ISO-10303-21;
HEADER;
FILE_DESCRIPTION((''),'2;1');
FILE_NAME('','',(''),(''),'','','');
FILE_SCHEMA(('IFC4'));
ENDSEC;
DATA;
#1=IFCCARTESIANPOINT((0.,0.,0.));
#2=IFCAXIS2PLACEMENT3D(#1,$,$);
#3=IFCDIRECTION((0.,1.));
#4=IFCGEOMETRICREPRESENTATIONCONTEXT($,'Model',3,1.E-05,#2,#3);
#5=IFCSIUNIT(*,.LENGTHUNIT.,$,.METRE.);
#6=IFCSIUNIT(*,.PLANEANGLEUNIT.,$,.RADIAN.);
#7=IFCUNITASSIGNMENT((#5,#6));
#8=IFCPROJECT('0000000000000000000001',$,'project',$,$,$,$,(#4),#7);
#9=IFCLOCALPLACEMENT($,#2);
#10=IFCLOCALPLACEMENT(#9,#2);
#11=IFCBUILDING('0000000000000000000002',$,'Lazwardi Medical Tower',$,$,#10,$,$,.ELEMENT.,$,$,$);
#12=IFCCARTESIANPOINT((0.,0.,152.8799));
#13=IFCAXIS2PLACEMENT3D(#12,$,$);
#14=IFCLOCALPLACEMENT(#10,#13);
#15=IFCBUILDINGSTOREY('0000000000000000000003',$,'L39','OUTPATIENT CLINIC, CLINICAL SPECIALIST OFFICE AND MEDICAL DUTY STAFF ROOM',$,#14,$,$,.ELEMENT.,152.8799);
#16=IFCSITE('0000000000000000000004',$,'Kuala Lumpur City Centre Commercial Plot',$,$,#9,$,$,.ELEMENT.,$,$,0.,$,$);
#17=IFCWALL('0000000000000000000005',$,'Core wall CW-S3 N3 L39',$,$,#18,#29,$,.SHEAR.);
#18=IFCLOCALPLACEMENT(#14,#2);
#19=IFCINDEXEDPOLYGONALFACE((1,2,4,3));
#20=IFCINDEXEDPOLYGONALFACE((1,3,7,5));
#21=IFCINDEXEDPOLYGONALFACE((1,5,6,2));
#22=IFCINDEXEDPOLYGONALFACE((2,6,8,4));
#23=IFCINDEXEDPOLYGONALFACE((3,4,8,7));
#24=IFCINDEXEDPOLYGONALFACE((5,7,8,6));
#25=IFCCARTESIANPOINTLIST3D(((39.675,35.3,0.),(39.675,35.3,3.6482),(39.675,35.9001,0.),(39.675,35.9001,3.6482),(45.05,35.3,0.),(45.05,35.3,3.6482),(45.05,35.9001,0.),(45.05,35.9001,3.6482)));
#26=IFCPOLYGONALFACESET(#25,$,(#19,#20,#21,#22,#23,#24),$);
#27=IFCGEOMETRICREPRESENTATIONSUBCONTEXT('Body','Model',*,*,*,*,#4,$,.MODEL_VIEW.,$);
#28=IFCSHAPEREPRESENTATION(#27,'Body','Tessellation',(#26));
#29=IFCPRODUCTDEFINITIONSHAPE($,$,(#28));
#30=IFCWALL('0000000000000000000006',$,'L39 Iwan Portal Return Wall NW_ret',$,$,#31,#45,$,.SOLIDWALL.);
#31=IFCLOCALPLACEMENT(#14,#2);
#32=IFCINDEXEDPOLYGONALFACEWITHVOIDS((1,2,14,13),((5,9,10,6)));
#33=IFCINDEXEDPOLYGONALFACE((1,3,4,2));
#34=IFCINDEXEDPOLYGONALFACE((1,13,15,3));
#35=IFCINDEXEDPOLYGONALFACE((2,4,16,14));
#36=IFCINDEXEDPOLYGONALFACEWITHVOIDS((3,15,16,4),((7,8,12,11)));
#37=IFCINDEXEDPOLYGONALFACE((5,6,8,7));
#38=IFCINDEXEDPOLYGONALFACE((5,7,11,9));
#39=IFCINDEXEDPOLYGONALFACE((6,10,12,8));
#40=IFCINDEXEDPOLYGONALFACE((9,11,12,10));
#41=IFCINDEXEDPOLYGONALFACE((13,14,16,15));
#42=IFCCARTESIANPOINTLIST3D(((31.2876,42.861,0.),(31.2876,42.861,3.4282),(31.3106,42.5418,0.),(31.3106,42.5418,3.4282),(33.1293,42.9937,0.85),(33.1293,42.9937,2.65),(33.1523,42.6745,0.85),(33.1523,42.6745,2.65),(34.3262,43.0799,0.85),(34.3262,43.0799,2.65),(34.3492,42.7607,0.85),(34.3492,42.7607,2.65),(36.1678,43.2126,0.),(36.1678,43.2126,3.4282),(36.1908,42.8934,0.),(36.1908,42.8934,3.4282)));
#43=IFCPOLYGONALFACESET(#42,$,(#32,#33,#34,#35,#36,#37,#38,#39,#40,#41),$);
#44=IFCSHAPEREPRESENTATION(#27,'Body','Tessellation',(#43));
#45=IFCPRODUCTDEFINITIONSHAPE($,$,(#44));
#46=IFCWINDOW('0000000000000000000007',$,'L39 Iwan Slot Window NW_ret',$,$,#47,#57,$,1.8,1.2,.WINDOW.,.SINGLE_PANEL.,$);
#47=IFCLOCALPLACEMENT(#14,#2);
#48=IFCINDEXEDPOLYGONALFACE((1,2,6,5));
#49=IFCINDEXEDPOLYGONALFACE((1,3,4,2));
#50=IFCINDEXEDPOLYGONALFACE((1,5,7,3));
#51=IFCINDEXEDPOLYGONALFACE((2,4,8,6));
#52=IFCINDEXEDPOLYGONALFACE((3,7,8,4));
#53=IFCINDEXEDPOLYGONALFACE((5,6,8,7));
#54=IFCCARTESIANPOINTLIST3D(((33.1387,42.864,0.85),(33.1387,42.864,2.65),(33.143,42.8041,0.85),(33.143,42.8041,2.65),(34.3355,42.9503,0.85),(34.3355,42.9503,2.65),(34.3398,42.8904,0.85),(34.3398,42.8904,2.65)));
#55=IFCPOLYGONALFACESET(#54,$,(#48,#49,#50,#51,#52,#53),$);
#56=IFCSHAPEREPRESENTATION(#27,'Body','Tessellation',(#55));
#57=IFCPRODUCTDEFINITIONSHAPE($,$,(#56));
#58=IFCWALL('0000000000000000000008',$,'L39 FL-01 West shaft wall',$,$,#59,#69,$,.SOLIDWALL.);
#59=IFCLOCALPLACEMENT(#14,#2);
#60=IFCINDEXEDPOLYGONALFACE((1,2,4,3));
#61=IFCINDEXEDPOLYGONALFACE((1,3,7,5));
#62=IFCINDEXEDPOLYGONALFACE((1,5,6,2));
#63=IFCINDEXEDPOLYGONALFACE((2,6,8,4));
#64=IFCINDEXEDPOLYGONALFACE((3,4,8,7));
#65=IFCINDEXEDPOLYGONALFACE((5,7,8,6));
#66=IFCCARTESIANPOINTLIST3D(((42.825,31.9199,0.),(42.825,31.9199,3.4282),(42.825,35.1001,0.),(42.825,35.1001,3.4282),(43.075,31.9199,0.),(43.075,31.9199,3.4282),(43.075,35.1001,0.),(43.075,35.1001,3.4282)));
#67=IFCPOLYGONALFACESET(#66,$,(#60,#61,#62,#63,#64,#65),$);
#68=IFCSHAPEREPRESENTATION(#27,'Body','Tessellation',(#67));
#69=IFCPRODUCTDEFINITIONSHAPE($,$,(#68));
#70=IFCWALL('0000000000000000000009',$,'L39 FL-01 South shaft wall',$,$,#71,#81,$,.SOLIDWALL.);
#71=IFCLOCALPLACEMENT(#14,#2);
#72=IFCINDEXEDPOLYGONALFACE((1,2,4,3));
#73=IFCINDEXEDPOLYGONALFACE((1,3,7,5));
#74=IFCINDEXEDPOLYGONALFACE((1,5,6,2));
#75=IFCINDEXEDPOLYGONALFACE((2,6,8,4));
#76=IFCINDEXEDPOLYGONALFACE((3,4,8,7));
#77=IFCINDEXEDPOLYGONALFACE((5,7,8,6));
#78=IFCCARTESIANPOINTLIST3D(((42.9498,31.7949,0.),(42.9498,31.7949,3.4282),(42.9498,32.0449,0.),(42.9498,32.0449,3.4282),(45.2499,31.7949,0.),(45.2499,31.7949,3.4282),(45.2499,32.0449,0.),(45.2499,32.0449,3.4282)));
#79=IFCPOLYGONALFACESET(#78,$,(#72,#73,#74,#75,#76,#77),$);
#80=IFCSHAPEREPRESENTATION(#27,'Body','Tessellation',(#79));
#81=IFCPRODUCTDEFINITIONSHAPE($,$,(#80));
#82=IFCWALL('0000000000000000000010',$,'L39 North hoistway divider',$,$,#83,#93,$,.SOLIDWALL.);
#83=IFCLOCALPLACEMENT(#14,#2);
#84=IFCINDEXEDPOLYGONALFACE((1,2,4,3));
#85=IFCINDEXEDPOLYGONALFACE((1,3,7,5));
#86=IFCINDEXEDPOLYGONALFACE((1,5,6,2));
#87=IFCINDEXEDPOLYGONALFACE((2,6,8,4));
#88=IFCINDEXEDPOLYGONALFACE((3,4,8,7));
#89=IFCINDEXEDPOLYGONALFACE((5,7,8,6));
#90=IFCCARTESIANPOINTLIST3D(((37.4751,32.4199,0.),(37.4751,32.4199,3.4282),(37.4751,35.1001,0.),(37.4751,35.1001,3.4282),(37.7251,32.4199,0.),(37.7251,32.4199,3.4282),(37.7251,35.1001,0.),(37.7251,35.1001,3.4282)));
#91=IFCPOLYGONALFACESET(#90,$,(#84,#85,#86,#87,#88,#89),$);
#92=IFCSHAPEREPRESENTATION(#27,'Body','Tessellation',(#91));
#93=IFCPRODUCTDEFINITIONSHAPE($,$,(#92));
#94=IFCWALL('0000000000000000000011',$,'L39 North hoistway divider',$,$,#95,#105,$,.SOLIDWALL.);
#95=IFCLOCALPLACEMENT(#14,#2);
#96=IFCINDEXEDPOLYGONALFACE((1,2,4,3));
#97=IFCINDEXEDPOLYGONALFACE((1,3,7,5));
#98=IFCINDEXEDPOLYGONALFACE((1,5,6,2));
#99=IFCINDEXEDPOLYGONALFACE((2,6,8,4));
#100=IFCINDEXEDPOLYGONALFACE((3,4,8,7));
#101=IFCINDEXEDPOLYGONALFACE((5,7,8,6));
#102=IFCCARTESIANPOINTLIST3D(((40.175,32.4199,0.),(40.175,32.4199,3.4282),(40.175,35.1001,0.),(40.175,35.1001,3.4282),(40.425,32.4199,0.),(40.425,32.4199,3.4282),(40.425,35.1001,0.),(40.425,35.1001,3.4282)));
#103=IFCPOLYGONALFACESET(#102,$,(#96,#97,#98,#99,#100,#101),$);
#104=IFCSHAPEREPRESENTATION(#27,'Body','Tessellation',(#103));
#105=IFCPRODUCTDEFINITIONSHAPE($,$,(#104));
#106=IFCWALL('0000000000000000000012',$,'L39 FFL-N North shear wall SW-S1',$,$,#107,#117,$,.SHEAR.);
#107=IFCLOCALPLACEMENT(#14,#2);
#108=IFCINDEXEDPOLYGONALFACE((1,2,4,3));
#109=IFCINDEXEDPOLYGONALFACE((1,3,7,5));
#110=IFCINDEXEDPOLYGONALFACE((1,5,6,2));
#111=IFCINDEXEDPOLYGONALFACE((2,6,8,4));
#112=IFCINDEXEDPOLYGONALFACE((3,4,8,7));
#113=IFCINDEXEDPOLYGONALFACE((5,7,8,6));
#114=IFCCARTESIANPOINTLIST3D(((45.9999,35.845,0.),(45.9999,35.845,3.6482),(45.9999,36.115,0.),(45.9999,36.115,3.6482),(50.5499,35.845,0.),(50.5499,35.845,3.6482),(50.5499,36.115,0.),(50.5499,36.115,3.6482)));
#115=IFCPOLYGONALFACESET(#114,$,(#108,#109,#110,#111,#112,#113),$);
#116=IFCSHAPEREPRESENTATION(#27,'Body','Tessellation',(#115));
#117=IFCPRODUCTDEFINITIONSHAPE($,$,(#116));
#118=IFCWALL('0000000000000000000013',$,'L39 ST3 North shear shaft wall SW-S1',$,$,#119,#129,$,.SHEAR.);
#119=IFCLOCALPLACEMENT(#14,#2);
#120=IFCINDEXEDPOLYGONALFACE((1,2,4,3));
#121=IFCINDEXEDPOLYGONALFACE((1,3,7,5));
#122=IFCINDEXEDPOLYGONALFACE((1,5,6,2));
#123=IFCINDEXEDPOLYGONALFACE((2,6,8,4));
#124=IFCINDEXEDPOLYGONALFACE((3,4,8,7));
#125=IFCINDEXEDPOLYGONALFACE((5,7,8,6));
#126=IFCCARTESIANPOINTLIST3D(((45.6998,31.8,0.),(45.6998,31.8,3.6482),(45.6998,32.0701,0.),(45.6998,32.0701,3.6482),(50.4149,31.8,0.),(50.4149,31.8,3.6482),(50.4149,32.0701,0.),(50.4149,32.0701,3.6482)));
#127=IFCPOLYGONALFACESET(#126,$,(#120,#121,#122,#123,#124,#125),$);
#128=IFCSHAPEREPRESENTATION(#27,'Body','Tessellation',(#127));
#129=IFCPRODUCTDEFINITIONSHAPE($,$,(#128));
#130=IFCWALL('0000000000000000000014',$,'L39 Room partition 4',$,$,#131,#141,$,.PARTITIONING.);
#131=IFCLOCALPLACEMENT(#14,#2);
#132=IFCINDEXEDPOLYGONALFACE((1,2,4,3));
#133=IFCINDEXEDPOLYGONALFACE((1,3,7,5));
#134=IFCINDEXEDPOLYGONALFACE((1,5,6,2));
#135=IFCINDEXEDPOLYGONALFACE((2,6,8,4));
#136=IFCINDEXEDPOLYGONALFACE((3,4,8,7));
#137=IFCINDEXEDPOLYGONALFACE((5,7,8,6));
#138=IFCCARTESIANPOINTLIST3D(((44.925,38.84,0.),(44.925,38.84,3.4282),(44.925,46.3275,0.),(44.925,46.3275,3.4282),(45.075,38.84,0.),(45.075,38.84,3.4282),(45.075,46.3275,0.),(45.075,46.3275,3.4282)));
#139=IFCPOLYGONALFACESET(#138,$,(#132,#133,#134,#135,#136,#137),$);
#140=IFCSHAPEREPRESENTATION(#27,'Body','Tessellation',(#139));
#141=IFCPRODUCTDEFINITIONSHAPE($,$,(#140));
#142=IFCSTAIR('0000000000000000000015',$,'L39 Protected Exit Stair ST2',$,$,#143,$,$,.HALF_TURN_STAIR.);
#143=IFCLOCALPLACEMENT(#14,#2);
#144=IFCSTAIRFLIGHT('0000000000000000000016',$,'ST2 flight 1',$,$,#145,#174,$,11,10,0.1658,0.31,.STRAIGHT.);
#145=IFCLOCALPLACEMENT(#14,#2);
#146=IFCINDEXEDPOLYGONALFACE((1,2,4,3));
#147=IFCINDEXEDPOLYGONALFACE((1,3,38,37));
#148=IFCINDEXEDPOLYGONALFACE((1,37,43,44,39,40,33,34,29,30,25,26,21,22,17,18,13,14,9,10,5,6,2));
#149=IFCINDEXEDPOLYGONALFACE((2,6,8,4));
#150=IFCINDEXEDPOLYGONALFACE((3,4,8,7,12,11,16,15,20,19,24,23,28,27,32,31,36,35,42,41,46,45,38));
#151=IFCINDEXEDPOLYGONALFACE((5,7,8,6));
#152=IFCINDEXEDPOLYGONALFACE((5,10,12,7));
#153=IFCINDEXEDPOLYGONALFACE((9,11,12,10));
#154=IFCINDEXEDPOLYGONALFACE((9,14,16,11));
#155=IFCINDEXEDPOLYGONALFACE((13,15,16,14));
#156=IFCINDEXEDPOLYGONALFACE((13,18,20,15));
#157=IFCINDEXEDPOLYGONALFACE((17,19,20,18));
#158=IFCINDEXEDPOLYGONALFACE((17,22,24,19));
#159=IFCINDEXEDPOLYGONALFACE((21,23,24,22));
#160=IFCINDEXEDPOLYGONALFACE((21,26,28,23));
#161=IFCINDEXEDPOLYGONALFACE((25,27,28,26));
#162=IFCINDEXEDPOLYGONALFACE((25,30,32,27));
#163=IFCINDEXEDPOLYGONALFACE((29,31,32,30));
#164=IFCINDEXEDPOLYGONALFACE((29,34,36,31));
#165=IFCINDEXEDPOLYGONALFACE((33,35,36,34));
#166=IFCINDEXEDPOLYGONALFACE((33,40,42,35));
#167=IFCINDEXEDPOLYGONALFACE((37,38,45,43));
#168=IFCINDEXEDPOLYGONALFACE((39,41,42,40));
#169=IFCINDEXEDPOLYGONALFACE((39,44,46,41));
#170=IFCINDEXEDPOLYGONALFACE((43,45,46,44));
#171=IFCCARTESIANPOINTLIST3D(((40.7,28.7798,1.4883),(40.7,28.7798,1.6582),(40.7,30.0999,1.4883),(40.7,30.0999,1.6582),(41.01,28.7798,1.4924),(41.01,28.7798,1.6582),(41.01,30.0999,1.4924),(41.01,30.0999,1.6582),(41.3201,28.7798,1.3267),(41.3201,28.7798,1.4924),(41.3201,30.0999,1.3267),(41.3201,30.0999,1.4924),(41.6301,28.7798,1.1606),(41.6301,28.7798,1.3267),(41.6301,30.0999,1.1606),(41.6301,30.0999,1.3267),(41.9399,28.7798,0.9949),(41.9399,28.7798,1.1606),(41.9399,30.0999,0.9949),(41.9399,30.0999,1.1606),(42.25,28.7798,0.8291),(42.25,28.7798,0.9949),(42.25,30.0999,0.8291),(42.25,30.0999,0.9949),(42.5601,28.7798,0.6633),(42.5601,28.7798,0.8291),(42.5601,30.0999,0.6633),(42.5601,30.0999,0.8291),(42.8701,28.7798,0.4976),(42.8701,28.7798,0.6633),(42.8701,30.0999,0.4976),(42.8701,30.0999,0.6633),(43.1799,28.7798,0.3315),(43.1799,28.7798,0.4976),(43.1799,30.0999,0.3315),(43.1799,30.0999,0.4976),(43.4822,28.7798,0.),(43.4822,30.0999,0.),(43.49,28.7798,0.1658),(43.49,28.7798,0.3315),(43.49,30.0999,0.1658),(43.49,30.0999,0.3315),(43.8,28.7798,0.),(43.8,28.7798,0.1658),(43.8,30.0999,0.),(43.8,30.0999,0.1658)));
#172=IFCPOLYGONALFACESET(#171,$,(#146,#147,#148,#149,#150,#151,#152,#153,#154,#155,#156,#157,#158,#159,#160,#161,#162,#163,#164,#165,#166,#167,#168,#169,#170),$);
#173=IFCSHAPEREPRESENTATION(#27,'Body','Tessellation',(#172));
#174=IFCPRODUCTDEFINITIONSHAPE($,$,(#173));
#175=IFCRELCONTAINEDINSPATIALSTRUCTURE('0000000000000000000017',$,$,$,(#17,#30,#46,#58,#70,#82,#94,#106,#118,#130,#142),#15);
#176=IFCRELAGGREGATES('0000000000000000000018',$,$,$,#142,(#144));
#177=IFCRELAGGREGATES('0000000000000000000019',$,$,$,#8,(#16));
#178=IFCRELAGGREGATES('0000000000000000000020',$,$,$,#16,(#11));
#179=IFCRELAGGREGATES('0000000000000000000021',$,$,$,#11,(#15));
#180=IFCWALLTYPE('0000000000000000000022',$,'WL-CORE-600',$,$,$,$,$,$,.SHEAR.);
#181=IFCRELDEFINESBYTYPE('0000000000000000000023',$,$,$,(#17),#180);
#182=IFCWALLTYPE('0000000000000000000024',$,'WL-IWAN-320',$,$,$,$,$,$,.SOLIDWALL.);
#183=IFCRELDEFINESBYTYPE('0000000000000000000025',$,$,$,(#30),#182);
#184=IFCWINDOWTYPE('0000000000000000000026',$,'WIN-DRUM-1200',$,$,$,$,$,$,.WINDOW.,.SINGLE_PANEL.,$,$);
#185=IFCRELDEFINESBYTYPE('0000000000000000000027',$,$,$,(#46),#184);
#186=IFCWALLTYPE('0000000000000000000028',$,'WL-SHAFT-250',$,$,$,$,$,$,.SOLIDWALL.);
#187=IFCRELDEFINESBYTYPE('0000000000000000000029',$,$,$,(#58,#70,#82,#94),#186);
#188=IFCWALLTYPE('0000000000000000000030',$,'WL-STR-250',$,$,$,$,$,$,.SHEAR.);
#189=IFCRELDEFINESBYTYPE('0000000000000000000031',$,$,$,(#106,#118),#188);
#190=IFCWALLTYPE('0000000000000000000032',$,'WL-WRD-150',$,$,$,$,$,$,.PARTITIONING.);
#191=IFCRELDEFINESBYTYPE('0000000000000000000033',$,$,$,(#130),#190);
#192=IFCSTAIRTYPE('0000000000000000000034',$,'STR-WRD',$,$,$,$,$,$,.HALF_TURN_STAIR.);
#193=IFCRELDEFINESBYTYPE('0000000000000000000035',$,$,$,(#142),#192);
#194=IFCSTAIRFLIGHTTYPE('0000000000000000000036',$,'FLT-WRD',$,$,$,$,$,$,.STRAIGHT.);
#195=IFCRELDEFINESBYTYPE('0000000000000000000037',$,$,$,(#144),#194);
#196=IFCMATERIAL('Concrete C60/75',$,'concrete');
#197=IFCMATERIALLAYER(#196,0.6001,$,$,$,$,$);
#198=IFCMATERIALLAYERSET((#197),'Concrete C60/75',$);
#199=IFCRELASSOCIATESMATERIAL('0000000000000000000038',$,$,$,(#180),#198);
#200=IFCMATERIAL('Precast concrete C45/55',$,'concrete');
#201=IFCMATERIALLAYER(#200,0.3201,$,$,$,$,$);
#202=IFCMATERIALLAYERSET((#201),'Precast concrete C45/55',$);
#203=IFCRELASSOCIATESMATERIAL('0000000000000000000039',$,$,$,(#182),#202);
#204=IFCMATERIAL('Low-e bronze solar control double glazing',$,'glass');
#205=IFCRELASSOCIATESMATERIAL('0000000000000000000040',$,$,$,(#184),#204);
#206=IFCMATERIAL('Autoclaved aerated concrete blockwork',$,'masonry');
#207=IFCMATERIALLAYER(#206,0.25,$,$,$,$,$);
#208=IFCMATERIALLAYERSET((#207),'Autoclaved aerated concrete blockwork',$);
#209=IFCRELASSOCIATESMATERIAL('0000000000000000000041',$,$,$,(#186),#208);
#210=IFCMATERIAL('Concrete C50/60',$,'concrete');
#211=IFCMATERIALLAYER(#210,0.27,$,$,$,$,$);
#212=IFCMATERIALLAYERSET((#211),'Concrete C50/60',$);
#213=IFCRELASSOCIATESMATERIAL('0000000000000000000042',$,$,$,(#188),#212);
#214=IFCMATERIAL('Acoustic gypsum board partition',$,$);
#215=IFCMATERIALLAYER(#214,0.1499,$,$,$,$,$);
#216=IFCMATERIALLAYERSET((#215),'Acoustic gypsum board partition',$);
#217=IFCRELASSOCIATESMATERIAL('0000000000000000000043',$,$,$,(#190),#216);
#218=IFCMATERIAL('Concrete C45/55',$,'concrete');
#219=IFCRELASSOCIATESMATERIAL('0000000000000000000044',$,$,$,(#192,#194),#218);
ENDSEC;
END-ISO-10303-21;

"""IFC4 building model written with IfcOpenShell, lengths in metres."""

from ifc_helpers import new_model, si_unit, direction, frame, frame_2d, origin, place, context, subcontext, project, spatial, polyline, rectangle, outline, extrude, material, layer, layer_set, type_object, element, fill, aggregate, save


model = new_model("IFC4")

# Units and contexts
model_context = context("Model", 3, precision=1e-05, world=origin(), true_north=direction((0.0, 1.0)))
body_context = subcontext(model_context, "Body", "Model", "MODEL_VIEW")
ifc_project = project(units=[si_unit("LENGTHUNIT", "METRE"), si_unit("PLANEANGLEUNIT", "RADIAN")], contexts=[model_context])

# Site, building, storey
site_placement = place(None, origin())
site = spatial("IfcSite", under=ifc_project, at=site_placement, Name="Kuala Lumpur City Centre Commercial Plot", CompositionType="ELEMENT", RefElevation=0.0)
building_placement = place(site_placement, origin())
building = spatial("IfcBuilding", under=site, at=building_placement, Name="Lazwardi Medical Tower", CompositionType="ELEMENT")
storey_placement = place(building_placement, frame((0.0, 0.0, 152.8799)))
storey = spatial("IfcBuildingStorey", under=building, at=storey_placement, Name="L39", Description="OUTPATIENT CLINIC, CLINICAL SPECIALIST OFFICE AND MEDICAL DUTY STAFF ROOM", CompositionType="ELEMENT", Elevation=152.8799)

# Shared definitions
ifc_material_1 = material(Name="Concrete C60/75", Category="concrete")

# Wall
ifc_layer_1 = layer(ifc_material_1, 0.6001)
ifc_layer_set_1 = layer_set([ifc_layer_1], Name="Concrete C60/75")
wall_type_1 = type_object("IfcWallType", Name="WL-CORE-600", PredefinedType="SHEAR", material=ifc_layer_set_1)
wall_1_placement = place(storey_placement, frame((39.675, 35.6001, 0.0), z_axis=(0.0, 0.0, 1.0), x_axis=(1.0, 0.0, 0.0)))
element("IfcWall", 1, at=wall_1_placement, inside=storey, type_object=wall_type_1, Name="Core wall CW-S3 N3 L39", PredefinedType="SHEAR", context=body_context, shape_type="SweptSolid", body=[
    extrude(rectangle(XDim=5.375, YDim=0.6001, at=frame_2d((2.6875, 0.0))), origin(), (0.0, 0.0, 1.0), 3.6482),
])

# Wall, opening, window
ifc_material_2 = material(Name="Precast concrete C45/55", Category="concrete")
ifc_layer_2 = layer(ifc_material_2, 0.3201)
ifc_layer_set_2 = layer_set([ifc_layer_2], Name="Precast concrete C45/55")
wall_type_2 = type_object("IfcWallType", Name="WL-IWAN-320", PredefinedType="SOLIDWALL", material=ifc_layer_set_2)
wall_2_placement = place(storey_placement, frame((36.1792, 43.053, 0.0), z_axis=(0.0, 0.0, 1.0), x_axis=(-0.997415, -0.071853, 0.0)))
wall_2 = element("IfcWall", 2, at=wall_2_placement, inside=storey, type_object=wall_type_2, Name="L39 Iwan Portal Return Wall NW_ret", PredefinedType="SOLIDWALL", context=body_context, shape_type="SweptSolid", body=[
    extrude(rectangle(XDim=4.8928, YDim=0.3201, at=frame_2d((2.4463, 0.0))), origin(), (0.0, 0.0, 1.0), 3.4282),
])
opening_1_placement = place(wall_2_placement, frame((1.8462, 0.0, 0.8501)))
opening_1 = element("IfcOpeningElement", 3, at=opening_1_placement, cuts=wall_2, PredefinedType="OPENING", context=body_context, shape_type="SweptSolid", body=[
    extrude(rectangle(XDim=1.2, YDim=1.8, at=frame_2d((0.6001, 0.8999))), frame((0.0, 0.1699, 0.0), z_axis=(0.0, -1.0, 0.0), x_axis=(1.0, 0.0, 0.0)), (0.0, 0.0, 1.0), 0.3401),
])
ifc_material_3 = material(Name="Low-e bronze solar control double glazing", Category="glass")
window_type = type_object("IfcWindowType", Name="WIN-DRUM-1200", PartitioningType="SINGLE_PANEL", PredefinedType="WINDOW", material=ifc_material_3)
window_placement = place(opening_1_placement, origin())
window = element("IfcWindow", 4, at=window_placement, inside=storey, type_object=window_type, Name="L39 Iwan Slot Window NW_ret", OverallHeight=1.8, OverallWidth=1.2, PartitioningType="SINGLE_PANEL", PredefinedType="WINDOW", context=body_context, shape_type="SweptSolid", body=[
    extrude(rectangle(XDim=1.2, YDim=1.8, at=frame_2d((0.6001, 0.8999))), frame((0.0, 0.03, 0.0), z_axis=(0.0, -1.0, 0.0), x_axis=(1.0, 0.0, 0.0)), (0.0, 0.0, 1.0), 0.0601),
])
fill(opening_1, window)

# Walls
ifc_material_4 = material(Name="Autoclaved aerated concrete blockwork", Category="masonry")
ifc_layer_3 = layer(ifc_material_4, 0.25)
ifc_layer_set_3 = layer_set([ifc_layer_3], Name="Autoclaved aerated concrete blockwork")
wall_type_3 = type_object("IfcWallType", Name="WL-SHAFT-250", PredefinedType="SOLIDWALL", material=ifc_layer_set_3)
wall_3_placement = place(storey_placement, frame((42.95, 31.9199, 0.0), z_axis=(0.0, 0.0, 1.0), x_axis=(0.0, 1.0, 0.0)))
element("IfcWall", 5, at=wall_3_placement, inside=storey, type_object=wall_type_3, Name="L39 FL-01 West shaft wall", PredefinedType="SOLIDWALL", context=body_context, shape_type="SweptSolid", body=[
    extrude(rectangle(XDim=3.1802, YDim=0.25, at=frame_2d((1.5901, 0.0))), origin(), (0.0, 0.0, 1.0), 3.4282),
])
wall_4_placement = place(storey_placement, frame((42.95, 31.9199, 0.0), z_axis=(0.0, 0.0, 1.0), x_axis=(1.0, 0.0, 0.0)))
element("IfcWall", 6, at=wall_4_placement, inside=storey, type_object=wall_type_3, Name="L39 FL-01 South shaft wall", PredefinedType="SOLIDWALL", context=body_context, shape_type="SweptSolid", body=[
    extrude(rectangle(XDim=2.3, YDim=0.25, at=frame_2d((1.1499, 0.0))), origin(), (0.0, 0.0, 1.0), 3.4282),
])
for number, where, z_axis, x_axis, name in (
    (7, (37.6001, 32.4199, 0.0), (0.0, 0.0, 1.0), (0.0, 1.0, 0.0), "L39 North hoistway divider"),
    (8, (40.3, 32.4199, 0.0), (0.0, 0.0, 1.0), (0.0, 1.0, 0.0), "L39 North hoistway divider"),
):
    element("IfcWall", number, at=place(storey_placement, frame(where, z_axis=z_axis, x_axis=x_axis)), inside=storey, type_object=wall_type_3, Name=name, PredefinedType="SOLIDWALL", context=body_context, shape_type="SweptSolid", body=[
        extrude(rectangle(XDim=2.6802, YDim=0.25, at=frame_2d((1.3401, 0.0))), origin(), (0.0, 0.0, 1.0), 3.4282),
    ])

# Shared definitions
ifc_material_5 = material(Name="Concrete C50/60", Category="concrete")
ifc_layer_4 = layer(ifc_material_5, 0.27)
ifc_layer_set_4 = layer_set([ifc_layer_4], Name="Concrete C50/60")
wall_type_4 = type_object("IfcWallType", Name="WL-STR-250", PredefinedType="SHEAR", material=ifc_layer_set_4)

# Walls
wall_5_placement = place(storey_placement, frame((46.0, 35.98, 0.0), z_axis=(0.0, 0.0, 1.0), x_axis=(1.0, 0.0, 0.0)))
element("IfcWall", 9, at=wall_5_placement, inside=storey, type_object=wall_type_4, Name="L39 FFL-N North shear wall SW-S1", PredefinedType="SHEAR", context=body_context, shape_type="SweptSolid", body=[
    extrude(rectangle(XDim=4.55, YDim=0.27, at=frame_2d((2.2749, 0.0))), origin(), (0.0, 0.0, 1.0), 3.6482),
])
wall_6_placement = place(storey_placement, frame((45.7, 31.9351, 0.0), z_axis=(0.0, 0.0, 1.0), x_axis=(1.0, 0.0, 0.0)))
element("IfcWall", 10, at=wall_6_placement, inside=storey, type_object=wall_type_4, Name="L39 ST3 North shear shaft wall SW-S1", PredefinedType="SHEAR", context=body_context, shape_type="SweptSolid", body=[
    extrude(rectangle(XDim=4.7151, YDim=0.27, at=frame_2d((2.3574, 0.0))), origin(), (0.0, 0.0, 1.0), 3.6482),
])
ifc_material_6 = material(Name="Acoustic gypsum board partition")
ifc_layer_5 = layer(ifc_material_6, 0.1499)
ifc_layer_set_5 = layer_set([ifc_layer_5], Name="Acoustic gypsum board partition")
wall_type_5 = type_object("IfcWallType", Name="WL-WRD-150", PredefinedType="PARTITIONING", material=ifc_layer_set_5)
wall_7_placement = place(storey_placement, frame((45.0, 38.8401, 0.0), z_axis=(0.0, 0.0, 1.0), x_axis=(0.0, 1.0, 0.0)))
element("IfcWall", 11, at=wall_7_placement, inside=storey, type_object=wall_type_5, Name="L39 Room partition 4", PredefinedType="PARTITIONING", context=body_context, shape_type="SweptSolid", body=[
    extrude(rectangle(XDim=7.4875, YDim=0.1499, at=frame_2d((3.7437, 0.0))), origin(), (0.0, 0.0, 1.0), 3.4282),
])

# Stair, stair flight
ifc_material_7 = material(Name="Concrete C45/55", Category="concrete")
stair_type = type_object("IfcStairType", Name="STR-WRD", PredefinedType="HALF_TURN_STAIR", material=ifc_material_7)
stair_placement = place(storey_placement, origin())
stair = element("IfcStair", 12, at=stair_placement, inside=storey, type_object=stair_type, Name="L39 Protected Exit Stair ST2", PredefinedType="HALF_TURN_STAIR")
stair_flight_type = type_object("IfcStairFlightType", Name="FLT-WRD", PredefinedType="STRAIGHT", material=ifc_material_7)
stair_flight_placement = place(storey_placement, frame((43.8, 29.4399, 0.0), z_axis=(0.0, 0.0, 1.0), x_axis=(-1.0, 0.0, 0.0)))
stair_flight = element("IfcStairFlight", 13, at=stair_flight_placement, type_object=stair_flight_type, Name="ST2 flight 1", NumberOfRisers=11, NumberOfTreads=10, PredefinedType="STRAIGHT", RiserHeight=0.1658, TreadLength=0.31, context=body_context, shape_type="SweptSolid", body=[
    extrude(outline(polyline([(0.0, 0.0), (0.0, 0.1658), (0.3101, 0.1658), (0.3101, 0.3315), (0.6201, 0.3315), (0.6201, 0.4976), (0.9299, 0.4976), (0.9299, 0.6633), (1.24, 0.6633), (1.24, 0.8291), (1.55, 0.8291), (1.55, 0.9949), (1.8601, 0.9949), (1.8601, 1.1606), (2.1699, 1.1606), (2.1699, 1.3267), (2.48, 1.3267), (2.48, 1.4924), (2.79, 1.4924), (2.79, 1.6582), (3.1001, 1.6582), (3.1001, 1.824), (3.1001, 1.4883), (0.3179, 0.0), (0.0, 0.0)])), frame((0.0, 0.6602, 0.0), z_axis=(0.0, -1.0, 0.0), x_axis=(1.0, 0.0, 0.0)), (0.0, 0.0, 1.0), 1.3201),
])
aggregate(stair, [stair_flight])

save(model, "model.ifc")
